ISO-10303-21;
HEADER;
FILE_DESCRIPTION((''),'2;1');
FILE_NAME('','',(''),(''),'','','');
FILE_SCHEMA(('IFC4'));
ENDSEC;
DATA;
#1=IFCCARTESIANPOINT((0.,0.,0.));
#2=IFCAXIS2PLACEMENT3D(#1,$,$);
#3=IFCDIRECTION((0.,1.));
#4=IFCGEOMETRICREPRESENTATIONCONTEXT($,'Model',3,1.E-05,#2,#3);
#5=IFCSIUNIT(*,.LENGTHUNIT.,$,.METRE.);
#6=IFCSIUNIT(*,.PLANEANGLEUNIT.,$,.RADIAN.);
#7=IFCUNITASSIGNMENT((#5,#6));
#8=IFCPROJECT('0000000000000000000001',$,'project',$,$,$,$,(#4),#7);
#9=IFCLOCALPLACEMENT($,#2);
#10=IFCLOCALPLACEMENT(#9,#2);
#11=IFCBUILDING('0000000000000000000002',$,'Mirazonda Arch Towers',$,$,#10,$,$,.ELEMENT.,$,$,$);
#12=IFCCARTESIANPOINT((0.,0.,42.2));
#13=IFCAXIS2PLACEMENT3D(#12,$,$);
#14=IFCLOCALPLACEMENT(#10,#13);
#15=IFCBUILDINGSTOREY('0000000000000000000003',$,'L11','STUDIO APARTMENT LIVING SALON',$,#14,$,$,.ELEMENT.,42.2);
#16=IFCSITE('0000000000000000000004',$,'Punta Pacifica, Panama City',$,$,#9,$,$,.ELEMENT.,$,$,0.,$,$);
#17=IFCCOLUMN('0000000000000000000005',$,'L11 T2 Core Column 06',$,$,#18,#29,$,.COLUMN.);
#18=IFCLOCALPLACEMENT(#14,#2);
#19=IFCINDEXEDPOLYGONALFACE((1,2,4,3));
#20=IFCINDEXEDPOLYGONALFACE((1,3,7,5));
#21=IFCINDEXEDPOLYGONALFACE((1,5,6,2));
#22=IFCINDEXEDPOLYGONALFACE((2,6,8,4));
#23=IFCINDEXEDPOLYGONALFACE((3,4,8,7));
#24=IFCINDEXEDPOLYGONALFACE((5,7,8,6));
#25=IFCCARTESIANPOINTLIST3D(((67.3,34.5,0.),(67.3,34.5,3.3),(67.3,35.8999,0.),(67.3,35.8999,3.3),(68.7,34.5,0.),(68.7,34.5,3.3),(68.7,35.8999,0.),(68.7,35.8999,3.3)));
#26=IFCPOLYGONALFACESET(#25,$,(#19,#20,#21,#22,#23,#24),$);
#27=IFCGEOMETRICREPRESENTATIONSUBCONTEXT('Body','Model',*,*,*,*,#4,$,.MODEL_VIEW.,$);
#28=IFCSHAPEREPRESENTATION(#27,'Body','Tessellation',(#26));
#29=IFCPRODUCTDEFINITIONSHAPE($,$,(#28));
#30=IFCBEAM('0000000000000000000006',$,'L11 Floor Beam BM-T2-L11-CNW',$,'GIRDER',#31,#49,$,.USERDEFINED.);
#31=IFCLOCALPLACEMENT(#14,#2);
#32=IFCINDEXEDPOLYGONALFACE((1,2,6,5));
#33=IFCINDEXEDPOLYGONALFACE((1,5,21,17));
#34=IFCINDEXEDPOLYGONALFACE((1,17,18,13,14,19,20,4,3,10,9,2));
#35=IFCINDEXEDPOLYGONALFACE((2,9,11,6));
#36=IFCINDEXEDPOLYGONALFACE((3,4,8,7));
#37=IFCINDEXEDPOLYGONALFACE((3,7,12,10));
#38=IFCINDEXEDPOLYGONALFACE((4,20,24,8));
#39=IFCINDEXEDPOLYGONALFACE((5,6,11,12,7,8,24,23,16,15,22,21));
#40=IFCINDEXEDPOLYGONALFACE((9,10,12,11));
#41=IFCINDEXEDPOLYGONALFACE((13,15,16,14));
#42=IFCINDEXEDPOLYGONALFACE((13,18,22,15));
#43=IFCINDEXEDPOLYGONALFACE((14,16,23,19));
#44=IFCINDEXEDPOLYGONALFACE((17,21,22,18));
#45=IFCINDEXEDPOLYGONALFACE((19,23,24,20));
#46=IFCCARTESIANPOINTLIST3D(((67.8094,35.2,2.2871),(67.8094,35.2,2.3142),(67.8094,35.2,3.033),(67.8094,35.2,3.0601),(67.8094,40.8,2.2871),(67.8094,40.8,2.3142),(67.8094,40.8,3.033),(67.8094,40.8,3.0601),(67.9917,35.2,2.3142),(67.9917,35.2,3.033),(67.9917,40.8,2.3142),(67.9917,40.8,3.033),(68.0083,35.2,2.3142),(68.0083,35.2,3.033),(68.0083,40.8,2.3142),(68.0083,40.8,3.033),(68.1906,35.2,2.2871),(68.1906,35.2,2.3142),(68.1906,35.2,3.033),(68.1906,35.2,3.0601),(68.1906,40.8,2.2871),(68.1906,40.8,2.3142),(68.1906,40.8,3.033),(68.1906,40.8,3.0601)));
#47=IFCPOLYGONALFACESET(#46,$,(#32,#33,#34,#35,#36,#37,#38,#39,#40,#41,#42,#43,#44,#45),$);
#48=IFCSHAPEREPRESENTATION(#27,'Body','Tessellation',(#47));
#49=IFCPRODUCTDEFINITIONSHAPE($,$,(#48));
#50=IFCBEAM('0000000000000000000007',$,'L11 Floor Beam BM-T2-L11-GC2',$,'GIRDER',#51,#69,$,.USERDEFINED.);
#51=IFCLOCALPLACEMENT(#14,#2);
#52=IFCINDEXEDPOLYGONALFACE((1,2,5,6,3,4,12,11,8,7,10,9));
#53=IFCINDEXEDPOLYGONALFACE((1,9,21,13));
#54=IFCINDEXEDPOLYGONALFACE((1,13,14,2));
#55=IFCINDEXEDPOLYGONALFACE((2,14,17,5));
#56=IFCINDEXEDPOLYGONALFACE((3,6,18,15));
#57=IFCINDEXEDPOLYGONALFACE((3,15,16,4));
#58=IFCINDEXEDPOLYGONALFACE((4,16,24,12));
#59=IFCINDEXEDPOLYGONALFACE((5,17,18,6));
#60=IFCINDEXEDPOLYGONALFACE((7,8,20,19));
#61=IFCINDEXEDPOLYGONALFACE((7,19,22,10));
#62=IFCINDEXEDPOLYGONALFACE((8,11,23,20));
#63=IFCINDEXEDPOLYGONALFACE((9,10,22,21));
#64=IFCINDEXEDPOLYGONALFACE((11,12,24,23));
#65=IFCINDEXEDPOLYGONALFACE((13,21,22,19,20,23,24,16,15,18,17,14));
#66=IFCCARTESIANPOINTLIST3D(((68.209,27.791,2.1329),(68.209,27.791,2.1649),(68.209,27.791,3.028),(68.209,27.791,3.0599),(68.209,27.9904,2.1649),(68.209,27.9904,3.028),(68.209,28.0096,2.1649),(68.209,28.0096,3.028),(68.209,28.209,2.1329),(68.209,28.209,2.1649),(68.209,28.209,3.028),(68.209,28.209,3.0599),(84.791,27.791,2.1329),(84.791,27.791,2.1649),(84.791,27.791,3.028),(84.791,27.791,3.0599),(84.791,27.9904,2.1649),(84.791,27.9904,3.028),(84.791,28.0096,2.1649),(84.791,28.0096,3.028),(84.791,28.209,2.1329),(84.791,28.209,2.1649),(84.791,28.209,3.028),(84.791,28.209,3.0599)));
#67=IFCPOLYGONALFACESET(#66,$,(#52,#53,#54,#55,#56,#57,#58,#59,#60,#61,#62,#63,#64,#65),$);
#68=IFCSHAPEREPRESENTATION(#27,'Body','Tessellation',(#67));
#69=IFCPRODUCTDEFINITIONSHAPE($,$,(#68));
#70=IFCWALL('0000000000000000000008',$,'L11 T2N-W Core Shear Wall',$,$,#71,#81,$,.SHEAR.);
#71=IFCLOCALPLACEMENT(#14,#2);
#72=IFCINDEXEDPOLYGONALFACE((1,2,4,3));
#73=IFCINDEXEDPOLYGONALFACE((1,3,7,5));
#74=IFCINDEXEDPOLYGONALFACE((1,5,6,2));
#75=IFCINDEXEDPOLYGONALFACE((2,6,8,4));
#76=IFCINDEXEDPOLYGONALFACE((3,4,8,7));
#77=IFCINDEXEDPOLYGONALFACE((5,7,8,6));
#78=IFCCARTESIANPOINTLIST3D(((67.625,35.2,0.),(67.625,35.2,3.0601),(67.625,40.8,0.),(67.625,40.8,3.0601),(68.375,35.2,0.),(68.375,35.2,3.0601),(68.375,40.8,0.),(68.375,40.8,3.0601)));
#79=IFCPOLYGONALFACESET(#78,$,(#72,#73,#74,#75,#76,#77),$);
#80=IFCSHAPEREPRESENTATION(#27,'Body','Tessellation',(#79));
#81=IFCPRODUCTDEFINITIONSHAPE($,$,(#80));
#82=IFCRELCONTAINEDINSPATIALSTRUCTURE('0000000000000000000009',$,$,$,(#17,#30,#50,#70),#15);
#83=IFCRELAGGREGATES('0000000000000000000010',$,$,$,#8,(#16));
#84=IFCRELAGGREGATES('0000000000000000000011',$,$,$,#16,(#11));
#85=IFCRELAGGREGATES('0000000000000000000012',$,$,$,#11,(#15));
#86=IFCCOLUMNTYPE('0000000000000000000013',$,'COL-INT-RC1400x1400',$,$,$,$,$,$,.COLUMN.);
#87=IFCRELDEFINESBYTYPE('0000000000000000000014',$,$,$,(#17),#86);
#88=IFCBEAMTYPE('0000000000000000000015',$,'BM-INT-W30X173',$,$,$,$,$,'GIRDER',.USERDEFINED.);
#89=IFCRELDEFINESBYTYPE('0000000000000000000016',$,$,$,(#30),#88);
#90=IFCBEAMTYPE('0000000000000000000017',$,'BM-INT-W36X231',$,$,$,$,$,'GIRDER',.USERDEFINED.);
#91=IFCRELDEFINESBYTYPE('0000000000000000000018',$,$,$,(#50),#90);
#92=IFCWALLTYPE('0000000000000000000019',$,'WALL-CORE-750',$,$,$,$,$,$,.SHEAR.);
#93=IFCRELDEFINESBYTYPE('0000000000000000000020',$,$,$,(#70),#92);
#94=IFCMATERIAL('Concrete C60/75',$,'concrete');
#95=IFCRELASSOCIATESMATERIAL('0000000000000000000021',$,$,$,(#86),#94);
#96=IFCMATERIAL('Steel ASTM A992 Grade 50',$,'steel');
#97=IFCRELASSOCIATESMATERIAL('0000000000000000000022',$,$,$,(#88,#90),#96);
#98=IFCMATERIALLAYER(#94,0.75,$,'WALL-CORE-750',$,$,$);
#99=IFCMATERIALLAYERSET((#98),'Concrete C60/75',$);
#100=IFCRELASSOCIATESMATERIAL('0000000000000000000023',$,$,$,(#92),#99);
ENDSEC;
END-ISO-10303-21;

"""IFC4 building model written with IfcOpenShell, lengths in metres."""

from ifc_helpers import new_model, si_unit, direction, frame, frame_2d, origin, origin_2d, place, context, subcontext, project, spatial, rectangle, i_section, extrude, material, layer, layer_set, material_profile, profile_set, type_object, element, save


model = new_model("IFC4")

# Units and contexts
model_context = context("Model", 3, precision=1e-05, world=origin(), true_north=direction((0.0, 1.0)))
body_context = subcontext(model_context, "Body", "Model", "MODEL_VIEW")
ifc_project = project(units=[si_unit("LENGTHUNIT", "METRE"), si_unit("PLANEANGLEUNIT", "RADIAN")], contexts=[model_context])

# Site, building, storey
site_placement = place(None, origin())
site = spatial("IfcSite", under=ifc_project, at=site_placement, Name="Punta Pacifica, Panama City", CompositionType="ELEMENT", RefElevation=0.0)
building_placement = place(site_placement, origin())
building = spatial("IfcBuilding", under=site, at=building_placement, Name="Mirazonda Arch Towers", CompositionType="ELEMENT")
storey_placement = place(building_placement, frame((0.0, 0.0, 42.2)))
storey = spatial("IfcBuildingStorey", under=building, at=storey_placement, Name="L11", Description="STUDIO APARTMENT LIVING SALON", CompositionType="ELEMENT", Elevation=42.2)

# Column
ifc_material_1 = material(Name="Concrete C60/75", Category="concrete")
ifc_material_profile_1 = material_profile(ifc_material_1, rectangle(XDim=1.3999, YDim=1.3999, at=origin_2d()), Name="RC1400x1400")
ifc_profile_set_1 = profile_set([ifc_material_profile_1], Name="Concrete C60/75")
column_type = type_object("IfcColumnType", Name="COL-INT-RC1400x1400", PredefinedType="COLUMN", material=ifc_profile_set_1)
column_placement = place(storey_placement, frame((68.0, 35.2, 0.0), z_axis=(0.0, 0.0, 1.0), x_axis=(1.0, 0.0, 0.0)))
element("IfcColumn", 1, at=column_placement, inside=storey, type_object=column_type, Name="L11 T2 Core Column 06", PredefinedType="COLUMN", context=body_context, shape_type="SweptSolid", body=[
    extrude(rectangle(XDim=1.3999, YDim=1.3999, at=origin_2d()), origin(), (0.0, 0.0, 1.0), 3.3),
])

# Beams
ifc_material_2 = material(Name="Steel ASTM A992 Grade 50", Category="steel")
ifc_material_profile_2 = material_profile(ifc_material_2, i_section(OverallWidth=0.3811, OverallDepth=0.7729, WebThickness=0.0166, FlangeThickness=0.0271, at=origin_2d()), Name="W30X173")
ifc_profile_set_2 = profile_set([ifc_material_profile_2], Name="Steel ASTM A992 Grade 50")
beam_type_1 = type_object("IfcBeamType", Name="BM-INT-W30X173", ElementType="GIRDER", PredefinedType="USERDEFINED", material=ifc_profile_set_2)
beam_1_placement = place(storey_placement, frame((68.0, 35.2, 2.6736), z_axis=(0.0, 1.0, 0.0), x_axis=(-1.0, 0.0, 0.0)))
element("IfcBeam", 2, at=beam_1_placement, inside=storey, type_object=beam_type_1, Name="L11 Floor Beam BM-T2-L11-CNW", ObjectType="GIRDER", PredefinedType="USERDEFINED", context=body_context, shape_type="SweptSolid", body=[
    extrude(i_section(OverallWidth=0.3811, OverallDepth=0.7729, WebThickness=0.0166, FlangeThickness=0.0271, at=origin_2d()), origin(), (0.0, 0.0, 1.0), 5.6001),
])
ifc_material_profile_3 = material_profile(ifc_material_2, i_section(OverallWidth=0.418, OverallDepth=0.927, WebThickness=0.0193, FlangeThickness=0.032, at=origin_2d()), Name="W36X231")
ifc_profile_set_3 = profile_set([ifc_material_profile_3], Name="Steel ASTM A992 Grade 50")
beam_type_2 = type_object("IfcBeamType", Name="BM-INT-W36X231", ElementType="GIRDER", PredefinedType="USERDEFINED", material=ifc_profile_set_3)
beam_2_placement = place(storey_placement, frame((68.209, 28.0, 2.5964), z_axis=(1.0, 0.0, 0.0), x_axis=(0.0, 1.0, 0.0)))
element("IfcBeam", 3, at=beam_2_placement, inside=storey, type_object=beam_type_2, Name="L11 Floor Beam BM-T2-L11-GC2", ObjectType="GIRDER", PredefinedType="USERDEFINED", context=body_context, shape_type="SweptSolid", body=[
    extrude(i_section(OverallWidth=0.418, OverallDepth=0.927, WebThickness=0.0193, FlangeThickness=0.032, at=origin_2d()), origin(), (0.0, 0.0, 1.0), 16.582),
])

# Wall
ifc_layer_1 = layer(ifc_material_1, 0.75, Name="WALL-CORE-750")
ifc_layer_set_1 = layer_set([ifc_layer_1], Name="Concrete C60/75")
wall_type_1 = type_object("IfcWallType", Name="WALL-CORE-750", PredefinedType="SHEAR", material=ifc_layer_set_1)
wall_1_placement = place(storey_placement, frame((68.0, 35.2, 0.0), z_axis=(0.0, 0.0, 1.0), x_axis=(0.0, 1.0, 0.0)))
element("IfcWall", 4, at=wall_1_placement, inside=storey, type_object=wall_type_1, Name="L11 T2N-W Core Shear Wall", PredefinedType="SHEAR", context=body_context, shape_type="SweptSolid", body=[
    extrude(rectangle(XDim=5.6001, YDim=0.75, at=frame_2d((2.8, 0.0))), origin(), (0.0, 0.0, 1.0), 3.0601),
])

save(model, "model.ifc")
